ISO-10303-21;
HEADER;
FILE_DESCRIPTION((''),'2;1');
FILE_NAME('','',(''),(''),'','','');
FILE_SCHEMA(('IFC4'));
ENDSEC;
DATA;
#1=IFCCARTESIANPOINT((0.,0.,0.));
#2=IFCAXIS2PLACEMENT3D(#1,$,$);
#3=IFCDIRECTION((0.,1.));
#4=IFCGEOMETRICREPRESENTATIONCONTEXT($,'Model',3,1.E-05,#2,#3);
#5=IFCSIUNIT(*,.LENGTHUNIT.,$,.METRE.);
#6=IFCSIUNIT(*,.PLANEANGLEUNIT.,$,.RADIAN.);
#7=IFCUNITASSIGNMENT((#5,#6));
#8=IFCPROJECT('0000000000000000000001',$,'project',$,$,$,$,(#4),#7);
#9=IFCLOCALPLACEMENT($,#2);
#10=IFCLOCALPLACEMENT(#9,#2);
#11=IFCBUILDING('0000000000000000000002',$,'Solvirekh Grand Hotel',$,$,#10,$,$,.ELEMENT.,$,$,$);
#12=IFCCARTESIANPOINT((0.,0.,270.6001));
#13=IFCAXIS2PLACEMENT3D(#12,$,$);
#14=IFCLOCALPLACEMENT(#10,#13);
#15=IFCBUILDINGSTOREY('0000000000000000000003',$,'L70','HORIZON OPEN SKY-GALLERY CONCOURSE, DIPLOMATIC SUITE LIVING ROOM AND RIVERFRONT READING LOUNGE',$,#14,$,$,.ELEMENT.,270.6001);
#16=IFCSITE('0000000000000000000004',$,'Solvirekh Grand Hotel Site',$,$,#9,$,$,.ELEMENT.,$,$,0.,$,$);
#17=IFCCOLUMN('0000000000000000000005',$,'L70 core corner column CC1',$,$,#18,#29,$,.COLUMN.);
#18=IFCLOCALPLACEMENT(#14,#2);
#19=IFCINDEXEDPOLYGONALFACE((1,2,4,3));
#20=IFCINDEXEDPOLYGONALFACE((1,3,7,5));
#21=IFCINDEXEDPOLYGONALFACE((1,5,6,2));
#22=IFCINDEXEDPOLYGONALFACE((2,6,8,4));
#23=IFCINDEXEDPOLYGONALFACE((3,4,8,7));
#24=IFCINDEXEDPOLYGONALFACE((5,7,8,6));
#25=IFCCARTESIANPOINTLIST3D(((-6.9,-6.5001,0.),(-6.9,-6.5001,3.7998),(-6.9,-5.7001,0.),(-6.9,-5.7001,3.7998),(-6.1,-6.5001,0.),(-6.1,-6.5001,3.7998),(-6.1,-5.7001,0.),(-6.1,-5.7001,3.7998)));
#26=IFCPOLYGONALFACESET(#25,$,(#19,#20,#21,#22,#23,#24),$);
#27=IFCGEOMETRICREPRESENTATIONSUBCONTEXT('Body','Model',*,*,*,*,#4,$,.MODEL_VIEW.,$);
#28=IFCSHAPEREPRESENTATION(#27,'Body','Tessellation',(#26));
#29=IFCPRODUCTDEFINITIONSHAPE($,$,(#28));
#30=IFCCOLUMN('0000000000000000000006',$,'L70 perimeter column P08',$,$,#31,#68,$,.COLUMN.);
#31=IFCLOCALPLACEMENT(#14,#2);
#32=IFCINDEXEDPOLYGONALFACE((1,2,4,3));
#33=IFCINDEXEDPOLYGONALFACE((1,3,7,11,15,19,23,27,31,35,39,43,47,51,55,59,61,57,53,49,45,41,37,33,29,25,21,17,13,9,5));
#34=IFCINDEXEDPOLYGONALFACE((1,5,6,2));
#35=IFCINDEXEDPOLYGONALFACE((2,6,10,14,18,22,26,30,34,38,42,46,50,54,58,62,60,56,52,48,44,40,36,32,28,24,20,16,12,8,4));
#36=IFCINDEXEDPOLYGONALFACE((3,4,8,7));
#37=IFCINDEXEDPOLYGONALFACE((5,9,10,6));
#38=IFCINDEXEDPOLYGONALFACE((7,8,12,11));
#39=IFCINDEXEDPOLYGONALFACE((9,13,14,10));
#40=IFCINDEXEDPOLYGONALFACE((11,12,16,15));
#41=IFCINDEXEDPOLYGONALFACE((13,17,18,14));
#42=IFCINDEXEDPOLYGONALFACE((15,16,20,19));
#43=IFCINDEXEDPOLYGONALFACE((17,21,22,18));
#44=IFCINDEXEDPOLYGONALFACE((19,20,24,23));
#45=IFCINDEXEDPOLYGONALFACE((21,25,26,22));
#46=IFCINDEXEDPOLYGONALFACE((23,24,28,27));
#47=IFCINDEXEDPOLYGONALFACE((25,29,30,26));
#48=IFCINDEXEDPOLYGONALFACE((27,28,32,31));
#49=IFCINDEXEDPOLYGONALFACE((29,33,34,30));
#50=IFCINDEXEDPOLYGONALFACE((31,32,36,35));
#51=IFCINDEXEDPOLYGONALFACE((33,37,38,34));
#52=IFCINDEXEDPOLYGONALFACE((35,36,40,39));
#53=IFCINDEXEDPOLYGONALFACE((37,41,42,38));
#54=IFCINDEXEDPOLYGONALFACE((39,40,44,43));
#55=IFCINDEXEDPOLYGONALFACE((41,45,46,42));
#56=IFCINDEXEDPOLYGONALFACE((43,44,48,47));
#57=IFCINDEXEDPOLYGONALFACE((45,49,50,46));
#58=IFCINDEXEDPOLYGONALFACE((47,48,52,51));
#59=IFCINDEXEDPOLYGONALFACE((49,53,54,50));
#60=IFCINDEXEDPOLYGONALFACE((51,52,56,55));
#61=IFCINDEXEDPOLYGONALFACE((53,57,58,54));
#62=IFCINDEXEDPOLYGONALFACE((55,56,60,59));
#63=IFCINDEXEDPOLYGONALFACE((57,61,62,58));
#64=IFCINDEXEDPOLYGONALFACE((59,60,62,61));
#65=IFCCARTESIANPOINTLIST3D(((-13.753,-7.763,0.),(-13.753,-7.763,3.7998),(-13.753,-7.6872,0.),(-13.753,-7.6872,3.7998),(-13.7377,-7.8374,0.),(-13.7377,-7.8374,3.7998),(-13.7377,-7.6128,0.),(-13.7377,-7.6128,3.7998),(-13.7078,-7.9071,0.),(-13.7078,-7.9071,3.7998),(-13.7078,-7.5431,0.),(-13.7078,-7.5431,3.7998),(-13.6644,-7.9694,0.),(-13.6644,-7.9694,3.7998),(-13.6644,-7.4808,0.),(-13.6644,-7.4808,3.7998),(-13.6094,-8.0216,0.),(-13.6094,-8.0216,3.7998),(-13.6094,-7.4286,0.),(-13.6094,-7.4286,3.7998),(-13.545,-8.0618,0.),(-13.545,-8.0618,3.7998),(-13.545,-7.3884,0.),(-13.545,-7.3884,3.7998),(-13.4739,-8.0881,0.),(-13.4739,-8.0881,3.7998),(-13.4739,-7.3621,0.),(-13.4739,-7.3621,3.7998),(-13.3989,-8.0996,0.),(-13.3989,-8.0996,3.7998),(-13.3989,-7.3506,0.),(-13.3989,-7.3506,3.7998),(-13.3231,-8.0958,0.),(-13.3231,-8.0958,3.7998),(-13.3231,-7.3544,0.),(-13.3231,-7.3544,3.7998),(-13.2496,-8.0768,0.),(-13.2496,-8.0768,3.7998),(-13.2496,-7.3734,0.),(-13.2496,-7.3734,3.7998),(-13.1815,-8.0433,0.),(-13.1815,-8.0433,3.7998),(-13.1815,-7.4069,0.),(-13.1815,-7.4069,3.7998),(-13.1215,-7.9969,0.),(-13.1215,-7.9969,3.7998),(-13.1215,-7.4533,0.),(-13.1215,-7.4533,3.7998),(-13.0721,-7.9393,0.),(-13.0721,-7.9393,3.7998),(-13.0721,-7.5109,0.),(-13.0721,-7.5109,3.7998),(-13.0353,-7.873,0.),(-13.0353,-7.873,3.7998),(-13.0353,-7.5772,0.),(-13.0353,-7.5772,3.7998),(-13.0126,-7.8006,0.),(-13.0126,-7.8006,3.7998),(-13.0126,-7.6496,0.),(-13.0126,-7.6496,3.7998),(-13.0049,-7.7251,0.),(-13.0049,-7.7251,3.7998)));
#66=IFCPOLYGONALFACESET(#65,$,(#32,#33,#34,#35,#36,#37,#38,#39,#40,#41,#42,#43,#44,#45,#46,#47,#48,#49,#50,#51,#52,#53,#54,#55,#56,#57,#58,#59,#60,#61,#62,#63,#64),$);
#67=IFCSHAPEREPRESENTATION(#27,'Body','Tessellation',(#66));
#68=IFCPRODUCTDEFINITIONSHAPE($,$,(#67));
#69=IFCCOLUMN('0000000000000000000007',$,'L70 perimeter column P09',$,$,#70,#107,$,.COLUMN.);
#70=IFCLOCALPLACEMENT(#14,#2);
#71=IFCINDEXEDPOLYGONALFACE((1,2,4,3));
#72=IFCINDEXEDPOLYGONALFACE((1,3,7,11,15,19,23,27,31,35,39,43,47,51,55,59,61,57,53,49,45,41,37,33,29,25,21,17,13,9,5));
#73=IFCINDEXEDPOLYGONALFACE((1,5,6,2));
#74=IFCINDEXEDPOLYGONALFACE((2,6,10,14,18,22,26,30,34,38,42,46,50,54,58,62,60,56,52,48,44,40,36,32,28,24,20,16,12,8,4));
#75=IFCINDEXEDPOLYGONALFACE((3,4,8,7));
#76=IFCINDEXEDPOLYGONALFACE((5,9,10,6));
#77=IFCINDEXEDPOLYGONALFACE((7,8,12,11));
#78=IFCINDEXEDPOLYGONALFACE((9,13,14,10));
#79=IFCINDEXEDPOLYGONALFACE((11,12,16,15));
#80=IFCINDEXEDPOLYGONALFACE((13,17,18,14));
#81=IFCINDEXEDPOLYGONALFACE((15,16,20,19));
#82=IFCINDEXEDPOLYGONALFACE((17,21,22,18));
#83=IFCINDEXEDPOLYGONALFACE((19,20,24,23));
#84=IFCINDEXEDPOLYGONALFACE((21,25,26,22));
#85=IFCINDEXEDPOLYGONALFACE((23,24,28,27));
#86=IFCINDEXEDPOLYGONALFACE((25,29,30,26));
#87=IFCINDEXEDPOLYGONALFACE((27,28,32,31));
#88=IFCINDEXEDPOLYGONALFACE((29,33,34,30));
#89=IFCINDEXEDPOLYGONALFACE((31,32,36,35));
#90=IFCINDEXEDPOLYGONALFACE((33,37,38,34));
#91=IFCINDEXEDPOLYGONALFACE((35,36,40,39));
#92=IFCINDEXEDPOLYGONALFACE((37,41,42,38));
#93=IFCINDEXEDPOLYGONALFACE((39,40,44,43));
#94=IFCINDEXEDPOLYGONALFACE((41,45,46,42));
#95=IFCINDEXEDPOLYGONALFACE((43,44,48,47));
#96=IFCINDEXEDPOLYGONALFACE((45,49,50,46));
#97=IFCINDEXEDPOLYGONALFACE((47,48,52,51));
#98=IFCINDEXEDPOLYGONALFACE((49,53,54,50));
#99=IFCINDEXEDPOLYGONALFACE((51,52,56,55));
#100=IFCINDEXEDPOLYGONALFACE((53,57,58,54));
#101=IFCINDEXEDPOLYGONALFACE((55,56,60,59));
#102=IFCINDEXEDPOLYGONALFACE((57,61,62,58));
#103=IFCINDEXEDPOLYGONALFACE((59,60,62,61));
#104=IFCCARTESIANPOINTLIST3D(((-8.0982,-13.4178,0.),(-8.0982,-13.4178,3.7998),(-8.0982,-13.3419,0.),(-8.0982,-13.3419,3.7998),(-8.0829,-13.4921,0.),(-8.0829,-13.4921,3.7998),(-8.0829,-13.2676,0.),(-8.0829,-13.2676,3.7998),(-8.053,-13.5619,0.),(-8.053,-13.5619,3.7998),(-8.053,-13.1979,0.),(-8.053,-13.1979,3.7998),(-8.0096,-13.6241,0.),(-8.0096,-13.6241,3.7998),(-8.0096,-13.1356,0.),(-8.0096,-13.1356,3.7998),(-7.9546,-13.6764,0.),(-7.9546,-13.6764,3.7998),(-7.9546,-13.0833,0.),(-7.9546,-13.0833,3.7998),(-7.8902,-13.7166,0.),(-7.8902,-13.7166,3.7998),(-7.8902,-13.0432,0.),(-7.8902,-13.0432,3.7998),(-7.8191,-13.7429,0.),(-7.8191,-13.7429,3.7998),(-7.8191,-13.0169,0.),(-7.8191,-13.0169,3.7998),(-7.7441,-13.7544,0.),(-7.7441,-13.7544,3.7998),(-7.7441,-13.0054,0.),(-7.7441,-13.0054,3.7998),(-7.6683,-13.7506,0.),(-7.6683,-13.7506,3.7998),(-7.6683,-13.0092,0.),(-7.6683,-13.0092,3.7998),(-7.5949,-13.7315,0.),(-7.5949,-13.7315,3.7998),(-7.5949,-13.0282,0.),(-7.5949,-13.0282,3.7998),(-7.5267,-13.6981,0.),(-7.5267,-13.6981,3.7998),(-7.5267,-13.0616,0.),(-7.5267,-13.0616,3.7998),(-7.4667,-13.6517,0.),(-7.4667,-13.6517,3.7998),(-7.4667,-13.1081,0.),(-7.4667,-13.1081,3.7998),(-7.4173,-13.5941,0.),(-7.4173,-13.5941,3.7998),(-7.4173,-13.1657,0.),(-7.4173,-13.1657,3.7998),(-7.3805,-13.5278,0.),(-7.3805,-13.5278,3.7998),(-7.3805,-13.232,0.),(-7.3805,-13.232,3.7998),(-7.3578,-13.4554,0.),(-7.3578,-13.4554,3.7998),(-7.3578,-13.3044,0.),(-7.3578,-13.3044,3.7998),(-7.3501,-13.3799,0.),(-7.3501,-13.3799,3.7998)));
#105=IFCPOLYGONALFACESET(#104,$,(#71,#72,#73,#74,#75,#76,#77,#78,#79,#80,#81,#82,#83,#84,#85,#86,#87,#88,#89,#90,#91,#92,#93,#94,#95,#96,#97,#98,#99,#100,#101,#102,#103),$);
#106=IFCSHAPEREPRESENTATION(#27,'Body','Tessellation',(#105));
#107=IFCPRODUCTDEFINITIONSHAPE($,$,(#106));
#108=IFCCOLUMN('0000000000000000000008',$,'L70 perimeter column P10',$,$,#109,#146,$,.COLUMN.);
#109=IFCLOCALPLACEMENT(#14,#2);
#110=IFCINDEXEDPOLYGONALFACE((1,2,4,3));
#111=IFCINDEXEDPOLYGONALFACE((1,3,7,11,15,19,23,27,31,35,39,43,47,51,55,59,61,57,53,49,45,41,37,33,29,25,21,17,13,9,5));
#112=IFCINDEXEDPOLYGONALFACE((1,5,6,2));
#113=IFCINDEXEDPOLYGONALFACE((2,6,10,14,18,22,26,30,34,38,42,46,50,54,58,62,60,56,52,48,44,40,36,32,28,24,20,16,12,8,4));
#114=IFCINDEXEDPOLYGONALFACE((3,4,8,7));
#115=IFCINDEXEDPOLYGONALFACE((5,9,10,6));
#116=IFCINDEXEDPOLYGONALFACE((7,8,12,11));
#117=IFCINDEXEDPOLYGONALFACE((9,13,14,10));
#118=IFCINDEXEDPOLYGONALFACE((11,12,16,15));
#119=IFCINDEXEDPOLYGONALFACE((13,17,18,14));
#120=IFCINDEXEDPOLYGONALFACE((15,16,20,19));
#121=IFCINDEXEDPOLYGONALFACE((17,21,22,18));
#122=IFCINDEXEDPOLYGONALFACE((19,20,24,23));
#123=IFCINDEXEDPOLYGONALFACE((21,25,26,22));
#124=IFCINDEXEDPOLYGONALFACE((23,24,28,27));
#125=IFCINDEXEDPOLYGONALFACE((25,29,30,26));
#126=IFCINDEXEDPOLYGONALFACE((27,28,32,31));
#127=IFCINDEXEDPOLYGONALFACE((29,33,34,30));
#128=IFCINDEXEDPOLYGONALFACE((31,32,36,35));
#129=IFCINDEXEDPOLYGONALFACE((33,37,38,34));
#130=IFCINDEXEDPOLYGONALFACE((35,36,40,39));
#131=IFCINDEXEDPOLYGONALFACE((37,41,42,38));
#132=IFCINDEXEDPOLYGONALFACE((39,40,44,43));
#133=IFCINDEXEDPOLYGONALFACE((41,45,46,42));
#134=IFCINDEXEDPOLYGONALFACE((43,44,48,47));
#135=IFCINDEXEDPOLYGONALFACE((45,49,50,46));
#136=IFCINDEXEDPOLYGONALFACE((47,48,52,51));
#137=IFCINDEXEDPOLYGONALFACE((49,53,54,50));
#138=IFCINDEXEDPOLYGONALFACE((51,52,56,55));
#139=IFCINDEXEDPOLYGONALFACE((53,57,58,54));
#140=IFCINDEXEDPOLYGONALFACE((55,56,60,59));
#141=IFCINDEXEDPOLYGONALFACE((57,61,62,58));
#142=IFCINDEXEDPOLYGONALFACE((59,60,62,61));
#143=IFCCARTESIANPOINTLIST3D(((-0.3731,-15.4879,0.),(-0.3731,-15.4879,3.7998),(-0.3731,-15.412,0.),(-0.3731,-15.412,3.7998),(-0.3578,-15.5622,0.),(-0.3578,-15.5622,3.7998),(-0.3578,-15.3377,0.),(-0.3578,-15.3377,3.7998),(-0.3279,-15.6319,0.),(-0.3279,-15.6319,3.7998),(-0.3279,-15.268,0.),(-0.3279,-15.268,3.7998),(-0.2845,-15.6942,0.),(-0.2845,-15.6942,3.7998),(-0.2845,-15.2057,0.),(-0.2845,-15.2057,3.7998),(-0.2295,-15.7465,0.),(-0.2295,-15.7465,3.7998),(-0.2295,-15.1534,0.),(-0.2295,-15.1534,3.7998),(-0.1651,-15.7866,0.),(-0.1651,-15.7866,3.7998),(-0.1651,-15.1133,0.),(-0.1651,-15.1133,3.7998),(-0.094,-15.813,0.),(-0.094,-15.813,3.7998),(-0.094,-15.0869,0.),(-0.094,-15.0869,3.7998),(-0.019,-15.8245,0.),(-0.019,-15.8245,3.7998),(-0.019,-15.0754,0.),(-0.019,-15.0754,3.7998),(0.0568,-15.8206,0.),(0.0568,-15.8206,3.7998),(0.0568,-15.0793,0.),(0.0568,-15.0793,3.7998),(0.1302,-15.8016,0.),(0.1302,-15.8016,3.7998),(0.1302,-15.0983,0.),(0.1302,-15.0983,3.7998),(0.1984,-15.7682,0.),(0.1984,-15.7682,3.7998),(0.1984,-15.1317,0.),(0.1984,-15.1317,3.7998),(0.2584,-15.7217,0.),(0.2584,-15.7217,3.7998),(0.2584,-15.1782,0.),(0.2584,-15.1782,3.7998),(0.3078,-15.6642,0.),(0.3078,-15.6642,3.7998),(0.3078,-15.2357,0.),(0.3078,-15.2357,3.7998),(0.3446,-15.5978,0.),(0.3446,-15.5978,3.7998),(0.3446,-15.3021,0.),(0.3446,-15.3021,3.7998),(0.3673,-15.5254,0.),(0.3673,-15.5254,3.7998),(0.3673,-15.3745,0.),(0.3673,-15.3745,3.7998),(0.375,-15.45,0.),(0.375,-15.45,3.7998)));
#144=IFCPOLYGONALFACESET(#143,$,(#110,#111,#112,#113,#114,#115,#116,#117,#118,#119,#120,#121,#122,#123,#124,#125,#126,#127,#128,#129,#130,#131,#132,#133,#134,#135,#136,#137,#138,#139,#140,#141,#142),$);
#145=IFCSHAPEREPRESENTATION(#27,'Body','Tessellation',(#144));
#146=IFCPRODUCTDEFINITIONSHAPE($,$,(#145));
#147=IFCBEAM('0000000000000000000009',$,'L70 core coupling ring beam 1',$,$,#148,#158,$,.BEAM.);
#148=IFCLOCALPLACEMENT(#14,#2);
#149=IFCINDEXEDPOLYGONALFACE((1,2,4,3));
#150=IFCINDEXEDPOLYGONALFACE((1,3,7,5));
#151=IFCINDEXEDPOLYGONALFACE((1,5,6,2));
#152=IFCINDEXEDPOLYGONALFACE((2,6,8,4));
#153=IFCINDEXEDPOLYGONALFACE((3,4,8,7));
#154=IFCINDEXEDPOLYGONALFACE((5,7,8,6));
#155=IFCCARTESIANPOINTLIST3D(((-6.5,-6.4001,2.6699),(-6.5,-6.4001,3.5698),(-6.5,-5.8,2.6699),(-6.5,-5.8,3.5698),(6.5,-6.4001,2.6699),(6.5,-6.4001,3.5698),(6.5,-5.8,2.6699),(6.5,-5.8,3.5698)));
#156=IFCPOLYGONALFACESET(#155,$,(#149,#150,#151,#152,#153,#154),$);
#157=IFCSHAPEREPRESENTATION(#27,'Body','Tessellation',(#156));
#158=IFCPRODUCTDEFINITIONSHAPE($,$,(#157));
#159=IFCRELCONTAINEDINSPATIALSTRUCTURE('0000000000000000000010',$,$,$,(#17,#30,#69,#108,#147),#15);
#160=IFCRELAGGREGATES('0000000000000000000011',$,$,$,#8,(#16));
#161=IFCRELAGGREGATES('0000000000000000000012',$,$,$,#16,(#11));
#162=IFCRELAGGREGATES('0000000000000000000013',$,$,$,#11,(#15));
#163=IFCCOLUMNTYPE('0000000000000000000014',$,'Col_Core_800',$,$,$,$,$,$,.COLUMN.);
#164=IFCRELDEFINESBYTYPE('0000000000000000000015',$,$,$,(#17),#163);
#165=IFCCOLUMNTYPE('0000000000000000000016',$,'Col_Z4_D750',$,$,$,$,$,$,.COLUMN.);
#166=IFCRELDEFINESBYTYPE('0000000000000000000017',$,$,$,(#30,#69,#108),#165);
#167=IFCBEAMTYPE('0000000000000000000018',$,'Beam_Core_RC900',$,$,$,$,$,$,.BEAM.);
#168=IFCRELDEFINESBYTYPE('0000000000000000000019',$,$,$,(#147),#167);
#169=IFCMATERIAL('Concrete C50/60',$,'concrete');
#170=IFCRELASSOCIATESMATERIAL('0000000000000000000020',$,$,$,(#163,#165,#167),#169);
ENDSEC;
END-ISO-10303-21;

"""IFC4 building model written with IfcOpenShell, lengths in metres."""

from ifc_helpers import new_model, si_unit, direction, frame, origin, origin_2d, place, context, subcontext, project, spatial, rectangle, circle, extrude, material, material_profile, profile_set, type_object, element, save


model = new_model("IFC4")

# Units and contexts
model_context = context("Model", 3, precision=1e-05, world=origin(), true_north=direction((0.0, 1.0)))
body_context = subcontext(model_context, "Body", "Model", "MODEL_VIEW")
ifc_project = project(units=[si_unit("LENGTHUNIT", "METRE"), si_unit("PLANEANGLEUNIT", "RADIAN")], contexts=[model_context])

# Site, building, storey
site_placement = place(None, origin())
site = spatial("IfcSite", under=ifc_project, at=site_placement, Name="Solvirekh Grand Hotel Site", CompositionType="ELEMENT", RefElevation=0.0)
building_placement = place(site_placement, origin())
building = spatial("IfcBuilding", under=site, at=building_placement, Name="Solvirekh Grand Hotel", CompositionType="ELEMENT")
storey_placement = place(building_placement, frame((0.0, 0.0, 270.6001)))
storey = spatial("IfcBuildingStorey", under=building, at=storey_placement, Name="L70", Description="HORIZON OPEN SKY-GALLERY CONCOURSE, DIPLOMATIC SUITE LIVING ROOM AND RIVERFRONT READING LOUNGE", CompositionType="ELEMENT", Elevation=270.6001)

# Columns
ifc_material_1 = material(Name="Concrete C50/60", Category="concrete")
ifc_material_profile_1 = material_profile(ifc_material_1, rectangle(XDim=0.8, YDim=0.8, at=origin_2d()), Name="RC 800X800")
ifc_profile_set_1 = profile_set([ifc_material_profile_1], Name="Concrete C50/60")
column_type_1 = type_object("IfcColumnType", Name="Col_Core_800", PredefinedType="COLUMN", material=ifc_profile_set_1)
column_placement = place(storey_placement, frame((-6.5, -6.1001, 0.0), z_axis=(0.0, 0.0, 1.0), x_axis=(1.0, 0.0, 0.0)))
element("IfcColumn", 1, at=column_placement, inside=storey, type_object=column_type_1, Name="L70 core corner column CC1", PredefinedType="COLUMN", context=body_context, shape_type="SweptSolid", body=[
    extrude(rectangle(XDim=0.8, YDim=0.8, at=origin_2d()), origin(), (0.0, 0.0, 1.0), 3.7998),
])
ifc_material_profile_2 = material_profile(ifc_material_1, circle(Radius=0.375, at=origin_2d()), Name="RC CIRC D750")
ifc_profile_set_2 = profile_set([ifc_material_profile_2], Name="Concrete C50/60")
column_type_2 = type_object("IfcColumnType", Name="Col_Z4_D750", PredefinedType="COLUMN", material=ifc_profile_set_2)
for number, where, z_axis, x_axis, name in (
    (2, (-13.3799, -7.7251, 0.0), (0.0, 0.0, 1.0), (1.0, 0.0, 0.0), "L70 perimeter column P08"),
    (3, (-7.7251, -13.3799, 0.0), (0.0, 0.0, 1.0), (1.0, 0.0, 0.0), "L70 perimeter column P09"),
    (4, (0.0, -15.45, 0.0), (0.0, 0.0, 1.0), (1.0, 0.0, 0.0), "L70 perimeter column P10"),
):
    element("IfcColumn", number, at=place(storey_placement, frame(where, z_axis=z_axis, x_axis=x_axis)), inside=storey, type_object=column_type_2, Name=name, PredefinedType="COLUMN", context=body_context, shape_type="SweptSolid", body=[
        extrude(circle(Radius=0.375, at=origin_2d()), origin(), (0.0, 0.0, 1.0), 3.7998),
    ])

# Beam
ifc_material_profile_3 = material_profile(ifc_material_1, rectangle(XDim=0.6001, YDim=0.8999, at=origin_2d()), Name="RC BEAM 600X900")
ifc_profile_set_3 = profile_set([ifc_material_profile_3], Name="Concrete C50/60")
beam_type_1 = type_object("IfcBeamType", Name="Beam_Core_RC900", PredefinedType="BEAM", material=ifc_profile_set_3)
beam_1_placement = place(storey_placement, frame((-6.5, -6.1001, 3.1199), z_axis=(1.0, 0.0, 0.0), x_axis=(0.0, 1.0, 0.0)))
element("IfcBeam", 5, at=beam_1_placement, inside=storey, type_object=beam_type_1, Name="L70 core coupling ring beam 1", PredefinedType="BEAM", context=body_context, shape_type="SweptSolid", body=[
    extrude(rectangle(XDim=0.6001, YDim=0.8999, at=origin_2d()), origin(), (0.0, 0.0, 1.0), 13.0),
])

save(model, "model.ifc")
